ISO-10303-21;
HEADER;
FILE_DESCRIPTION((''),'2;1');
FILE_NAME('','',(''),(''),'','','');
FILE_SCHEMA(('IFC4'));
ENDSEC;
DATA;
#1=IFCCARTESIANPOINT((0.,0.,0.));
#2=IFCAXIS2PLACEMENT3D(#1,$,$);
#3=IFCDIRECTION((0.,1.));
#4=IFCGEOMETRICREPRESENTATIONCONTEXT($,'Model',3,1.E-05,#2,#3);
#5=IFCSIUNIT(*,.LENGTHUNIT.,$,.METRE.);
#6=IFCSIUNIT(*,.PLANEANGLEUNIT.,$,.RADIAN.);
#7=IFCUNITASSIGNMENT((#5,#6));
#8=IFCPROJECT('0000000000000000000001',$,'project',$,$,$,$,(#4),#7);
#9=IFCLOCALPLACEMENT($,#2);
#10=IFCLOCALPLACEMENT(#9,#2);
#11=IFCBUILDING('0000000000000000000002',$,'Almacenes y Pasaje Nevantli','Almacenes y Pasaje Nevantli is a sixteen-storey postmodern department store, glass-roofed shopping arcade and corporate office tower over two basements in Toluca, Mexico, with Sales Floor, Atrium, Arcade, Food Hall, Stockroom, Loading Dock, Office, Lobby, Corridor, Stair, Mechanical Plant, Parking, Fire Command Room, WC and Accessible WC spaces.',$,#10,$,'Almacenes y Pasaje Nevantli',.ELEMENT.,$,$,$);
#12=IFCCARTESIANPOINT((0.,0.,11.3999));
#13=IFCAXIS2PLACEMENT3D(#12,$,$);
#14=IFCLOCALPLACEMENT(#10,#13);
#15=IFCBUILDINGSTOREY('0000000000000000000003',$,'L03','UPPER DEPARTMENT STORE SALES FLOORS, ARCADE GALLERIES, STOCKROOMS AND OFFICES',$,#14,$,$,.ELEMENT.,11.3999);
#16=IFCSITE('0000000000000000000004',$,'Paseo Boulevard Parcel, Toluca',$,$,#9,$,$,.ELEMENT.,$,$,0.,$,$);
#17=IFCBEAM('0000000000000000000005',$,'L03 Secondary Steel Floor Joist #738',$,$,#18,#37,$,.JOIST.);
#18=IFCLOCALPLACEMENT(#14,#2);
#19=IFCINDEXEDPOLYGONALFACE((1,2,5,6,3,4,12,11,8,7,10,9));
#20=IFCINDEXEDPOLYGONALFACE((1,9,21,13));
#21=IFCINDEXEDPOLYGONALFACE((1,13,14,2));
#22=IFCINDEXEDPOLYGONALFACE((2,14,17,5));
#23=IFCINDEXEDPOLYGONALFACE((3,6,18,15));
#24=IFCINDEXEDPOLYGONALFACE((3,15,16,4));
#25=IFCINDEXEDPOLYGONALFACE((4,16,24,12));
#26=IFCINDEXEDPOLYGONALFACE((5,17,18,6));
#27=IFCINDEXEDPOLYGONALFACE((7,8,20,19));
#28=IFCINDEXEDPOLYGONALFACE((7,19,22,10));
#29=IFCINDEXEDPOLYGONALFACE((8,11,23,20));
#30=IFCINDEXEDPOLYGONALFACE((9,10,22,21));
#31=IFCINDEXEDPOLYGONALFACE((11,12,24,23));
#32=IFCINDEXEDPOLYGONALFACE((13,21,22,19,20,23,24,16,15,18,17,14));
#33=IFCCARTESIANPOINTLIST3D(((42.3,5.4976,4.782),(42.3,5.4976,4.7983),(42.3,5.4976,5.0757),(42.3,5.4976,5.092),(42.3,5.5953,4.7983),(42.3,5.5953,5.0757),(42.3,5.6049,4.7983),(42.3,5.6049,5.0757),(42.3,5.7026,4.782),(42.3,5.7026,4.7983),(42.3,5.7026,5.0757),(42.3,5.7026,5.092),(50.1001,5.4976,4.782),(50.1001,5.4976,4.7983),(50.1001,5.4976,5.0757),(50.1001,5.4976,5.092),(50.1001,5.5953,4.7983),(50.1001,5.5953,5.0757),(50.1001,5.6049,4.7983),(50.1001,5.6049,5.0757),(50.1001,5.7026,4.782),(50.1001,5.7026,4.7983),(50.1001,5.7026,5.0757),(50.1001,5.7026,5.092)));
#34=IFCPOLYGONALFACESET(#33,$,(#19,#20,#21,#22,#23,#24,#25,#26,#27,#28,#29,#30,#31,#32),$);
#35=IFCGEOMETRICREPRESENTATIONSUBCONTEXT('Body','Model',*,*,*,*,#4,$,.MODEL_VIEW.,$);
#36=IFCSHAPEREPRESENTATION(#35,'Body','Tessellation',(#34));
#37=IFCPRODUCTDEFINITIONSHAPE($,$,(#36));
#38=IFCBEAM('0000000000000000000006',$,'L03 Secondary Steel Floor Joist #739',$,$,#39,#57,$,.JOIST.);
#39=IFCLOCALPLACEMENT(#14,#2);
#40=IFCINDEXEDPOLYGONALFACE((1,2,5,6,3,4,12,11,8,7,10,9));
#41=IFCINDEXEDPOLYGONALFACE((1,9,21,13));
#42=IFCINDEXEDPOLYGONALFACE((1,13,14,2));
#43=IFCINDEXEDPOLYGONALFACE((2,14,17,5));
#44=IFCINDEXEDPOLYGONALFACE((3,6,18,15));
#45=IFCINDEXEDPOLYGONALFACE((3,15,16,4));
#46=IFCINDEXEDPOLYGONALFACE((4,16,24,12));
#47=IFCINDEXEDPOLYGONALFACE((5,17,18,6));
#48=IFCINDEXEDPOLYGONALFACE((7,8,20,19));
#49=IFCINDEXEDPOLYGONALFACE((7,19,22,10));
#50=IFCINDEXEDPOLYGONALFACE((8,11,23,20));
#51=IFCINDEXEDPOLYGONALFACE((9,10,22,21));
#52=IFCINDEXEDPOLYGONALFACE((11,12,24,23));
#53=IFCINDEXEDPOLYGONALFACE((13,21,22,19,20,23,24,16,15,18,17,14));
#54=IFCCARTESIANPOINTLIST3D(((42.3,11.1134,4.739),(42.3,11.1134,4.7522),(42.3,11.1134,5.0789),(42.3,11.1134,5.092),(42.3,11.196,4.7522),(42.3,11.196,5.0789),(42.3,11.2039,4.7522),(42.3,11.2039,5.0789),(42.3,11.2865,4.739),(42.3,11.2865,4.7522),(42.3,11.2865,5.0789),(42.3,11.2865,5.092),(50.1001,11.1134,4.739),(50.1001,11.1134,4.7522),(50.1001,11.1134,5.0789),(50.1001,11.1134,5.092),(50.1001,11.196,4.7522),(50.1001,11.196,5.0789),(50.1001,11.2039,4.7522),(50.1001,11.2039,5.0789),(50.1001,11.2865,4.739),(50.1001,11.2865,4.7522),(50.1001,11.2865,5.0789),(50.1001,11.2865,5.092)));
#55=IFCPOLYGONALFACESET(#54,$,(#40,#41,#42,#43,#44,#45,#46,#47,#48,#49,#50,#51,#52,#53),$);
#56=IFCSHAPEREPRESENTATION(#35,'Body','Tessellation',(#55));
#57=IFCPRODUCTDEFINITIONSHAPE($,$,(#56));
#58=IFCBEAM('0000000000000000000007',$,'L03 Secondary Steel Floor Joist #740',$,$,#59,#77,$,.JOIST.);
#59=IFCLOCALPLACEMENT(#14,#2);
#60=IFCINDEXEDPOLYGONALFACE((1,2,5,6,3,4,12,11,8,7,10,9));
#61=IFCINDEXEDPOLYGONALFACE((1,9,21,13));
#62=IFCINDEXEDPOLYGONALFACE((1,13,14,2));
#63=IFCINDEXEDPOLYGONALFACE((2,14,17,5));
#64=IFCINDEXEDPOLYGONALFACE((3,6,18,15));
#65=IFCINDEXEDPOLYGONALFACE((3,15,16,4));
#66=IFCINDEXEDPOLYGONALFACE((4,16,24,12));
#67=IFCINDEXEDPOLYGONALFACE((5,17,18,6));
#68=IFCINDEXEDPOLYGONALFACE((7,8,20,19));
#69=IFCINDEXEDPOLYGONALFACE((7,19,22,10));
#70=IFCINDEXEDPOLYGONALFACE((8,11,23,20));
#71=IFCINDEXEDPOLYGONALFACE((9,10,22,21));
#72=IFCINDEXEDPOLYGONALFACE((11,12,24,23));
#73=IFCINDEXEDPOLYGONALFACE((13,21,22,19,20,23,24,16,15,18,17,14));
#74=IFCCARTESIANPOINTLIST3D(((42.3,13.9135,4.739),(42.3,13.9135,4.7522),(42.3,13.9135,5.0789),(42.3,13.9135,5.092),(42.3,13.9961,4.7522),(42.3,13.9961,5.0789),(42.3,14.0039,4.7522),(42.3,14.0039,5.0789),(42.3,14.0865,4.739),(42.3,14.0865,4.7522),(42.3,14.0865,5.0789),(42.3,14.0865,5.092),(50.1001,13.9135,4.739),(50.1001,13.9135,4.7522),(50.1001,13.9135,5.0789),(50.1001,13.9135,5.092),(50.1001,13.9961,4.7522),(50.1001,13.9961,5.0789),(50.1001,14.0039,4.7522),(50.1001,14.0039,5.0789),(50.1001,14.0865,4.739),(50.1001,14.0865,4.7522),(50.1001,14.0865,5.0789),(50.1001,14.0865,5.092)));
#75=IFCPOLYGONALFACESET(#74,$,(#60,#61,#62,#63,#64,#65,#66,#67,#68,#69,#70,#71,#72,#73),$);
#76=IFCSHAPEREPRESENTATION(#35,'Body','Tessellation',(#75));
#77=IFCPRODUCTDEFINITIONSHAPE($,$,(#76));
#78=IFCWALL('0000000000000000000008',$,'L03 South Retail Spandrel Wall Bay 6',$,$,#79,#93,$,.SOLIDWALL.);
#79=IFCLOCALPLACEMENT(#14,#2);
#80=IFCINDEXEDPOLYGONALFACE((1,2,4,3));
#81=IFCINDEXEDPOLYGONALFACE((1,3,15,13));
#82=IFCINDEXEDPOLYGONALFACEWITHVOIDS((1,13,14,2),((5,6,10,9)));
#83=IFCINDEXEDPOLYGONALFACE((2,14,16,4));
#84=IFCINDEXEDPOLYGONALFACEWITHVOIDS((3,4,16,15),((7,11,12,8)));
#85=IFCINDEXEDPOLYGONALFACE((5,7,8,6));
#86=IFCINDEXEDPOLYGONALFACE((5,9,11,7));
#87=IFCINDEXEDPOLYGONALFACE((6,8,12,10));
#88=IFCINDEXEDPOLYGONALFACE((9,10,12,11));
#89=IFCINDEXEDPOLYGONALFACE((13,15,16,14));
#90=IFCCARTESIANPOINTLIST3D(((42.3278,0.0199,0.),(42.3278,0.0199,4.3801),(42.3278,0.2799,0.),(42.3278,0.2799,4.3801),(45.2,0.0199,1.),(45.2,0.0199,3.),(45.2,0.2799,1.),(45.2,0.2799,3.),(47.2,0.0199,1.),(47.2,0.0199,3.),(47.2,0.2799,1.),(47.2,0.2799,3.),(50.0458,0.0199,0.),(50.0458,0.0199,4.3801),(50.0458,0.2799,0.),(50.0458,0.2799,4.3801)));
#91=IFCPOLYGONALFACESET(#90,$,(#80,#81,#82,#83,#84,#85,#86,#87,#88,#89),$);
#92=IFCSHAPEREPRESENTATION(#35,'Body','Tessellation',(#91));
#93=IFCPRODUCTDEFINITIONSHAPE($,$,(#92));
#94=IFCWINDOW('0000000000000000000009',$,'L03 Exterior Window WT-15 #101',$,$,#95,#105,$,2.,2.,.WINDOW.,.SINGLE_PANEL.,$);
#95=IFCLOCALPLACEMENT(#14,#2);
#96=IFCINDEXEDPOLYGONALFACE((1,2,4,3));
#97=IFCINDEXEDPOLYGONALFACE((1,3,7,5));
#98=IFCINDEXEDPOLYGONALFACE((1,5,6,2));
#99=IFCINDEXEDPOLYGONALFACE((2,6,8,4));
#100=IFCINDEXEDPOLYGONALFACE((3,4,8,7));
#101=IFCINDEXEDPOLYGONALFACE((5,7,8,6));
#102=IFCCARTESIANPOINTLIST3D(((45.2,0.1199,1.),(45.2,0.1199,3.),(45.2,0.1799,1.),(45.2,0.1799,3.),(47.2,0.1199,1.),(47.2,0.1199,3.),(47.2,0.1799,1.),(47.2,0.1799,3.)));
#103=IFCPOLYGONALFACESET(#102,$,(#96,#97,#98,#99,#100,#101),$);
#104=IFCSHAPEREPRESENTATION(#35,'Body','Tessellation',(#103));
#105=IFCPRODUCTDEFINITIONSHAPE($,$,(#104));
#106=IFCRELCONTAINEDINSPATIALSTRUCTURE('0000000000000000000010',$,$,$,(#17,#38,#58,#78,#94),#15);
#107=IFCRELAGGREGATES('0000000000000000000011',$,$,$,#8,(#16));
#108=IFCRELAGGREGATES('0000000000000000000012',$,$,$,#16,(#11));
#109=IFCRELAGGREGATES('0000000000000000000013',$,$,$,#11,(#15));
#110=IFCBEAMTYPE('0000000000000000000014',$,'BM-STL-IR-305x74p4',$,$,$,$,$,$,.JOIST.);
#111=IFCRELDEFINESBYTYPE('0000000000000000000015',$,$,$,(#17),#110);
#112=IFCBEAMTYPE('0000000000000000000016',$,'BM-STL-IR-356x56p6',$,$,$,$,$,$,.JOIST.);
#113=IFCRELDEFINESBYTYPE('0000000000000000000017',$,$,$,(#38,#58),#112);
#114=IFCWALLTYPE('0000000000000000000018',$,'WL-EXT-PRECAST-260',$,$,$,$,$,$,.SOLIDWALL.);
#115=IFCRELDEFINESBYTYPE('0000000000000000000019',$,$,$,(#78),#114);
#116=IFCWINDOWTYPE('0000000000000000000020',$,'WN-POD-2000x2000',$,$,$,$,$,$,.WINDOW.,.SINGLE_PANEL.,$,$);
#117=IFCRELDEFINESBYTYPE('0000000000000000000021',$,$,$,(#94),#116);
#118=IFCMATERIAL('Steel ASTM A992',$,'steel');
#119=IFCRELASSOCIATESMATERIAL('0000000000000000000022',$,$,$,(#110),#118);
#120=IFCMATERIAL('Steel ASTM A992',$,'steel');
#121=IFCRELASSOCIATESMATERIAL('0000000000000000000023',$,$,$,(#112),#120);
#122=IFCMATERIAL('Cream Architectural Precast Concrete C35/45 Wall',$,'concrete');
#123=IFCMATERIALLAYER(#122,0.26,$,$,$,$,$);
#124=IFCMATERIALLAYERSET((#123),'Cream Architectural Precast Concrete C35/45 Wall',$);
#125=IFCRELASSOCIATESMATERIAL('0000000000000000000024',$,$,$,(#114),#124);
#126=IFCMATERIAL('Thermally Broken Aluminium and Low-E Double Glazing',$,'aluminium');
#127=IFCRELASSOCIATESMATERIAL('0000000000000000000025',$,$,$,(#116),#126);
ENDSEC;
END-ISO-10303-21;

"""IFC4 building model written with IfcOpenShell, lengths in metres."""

from ifc_helpers import new_model, si_unit, direction, frame, frame_2d, origin, origin_2d, place, context, subcontext, project, spatial, rectangle, i_section, extrude, material, layer, layer_set, material_profile, profile_set, type_object, element, fill, save


model = new_model("IFC4")

# Units and contexts
model_context = context("Model", 3, precision=1e-05, world=origin(), true_north=direction((0.0, 1.0)))
body_context = subcontext(model_context, "Body", "Model", "MODEL_VIEW")
ifc_project = project(units=[si_unit("LENGTHUNIT", "METRE"), si_unit("PLANEANGLEUNIT", "RADIAN")], contexts=[model_context])

# Site, building, storey
site_placement = place(None, origin())
site = spatial("IfcSite", under=ifc_project, at=site_placement, Name="Paseo Boulevard Parcel, Toluca", CompositionType="ELEMENT", RefElevation=0.0)
building_placement = place(site_placement, origin())
building = spatial("IfcBuilding", under=site, at=building_placement, Name="Almacenes y Pasaje Nevantli", Description="Almacenes y Pasaje Nevantli is a sixteen-storey postmodern department store, glass-roofed shopping arcade and corporate office tower over two basements in Toluca, Mexico, with Sales Floor, Atrium, Arcade, Food Hall, Stockroom, Loading Dock, Office, Lobby, Corridor, Stair, Mechanical Plant, Parking, Fire Command Room, WC and Accessible WC spaces.", LongName="Almacenes y Pasaje Nevantli", CompositionType="ELEMENT")
storey_placement = place(building_placement, frame((0.0, 0.0, 11.3999)))
storey = spatial("IfcBuildingStorey", under=building, at=storey_placement, Name="L03", Description="UPPER DEPARTMENT STORE SALES FLOORS, ARCADE GALLERIES, STOCKROOMS AND OFFICES", CompositionType="ELEMENT", Elevation=11.3999)

# Beams
ifc_material_1 = material(Name="Steel ASTM A992", Category="steel")
ifc_material_profile_1 = material_profile(ifc_material_1, i_section(OverallWidth=0.2051, OverallDepth=0.3101, WebThickness=0.0095, FlangeThickness=0.0164, at=origin_2d()), Name="IR 305x74.4")
ifc_profile_set_1 = profile_set([ifc_material_profile_1], Name="Steel ASTM A992")
beam_type_1 = type_object("IfcBeamType", Name="BM-STL-IR-305x74p4", PredefinedType="JOIST", material=ifc_profile_set_1)
for number, where, z_axis, x_axis, name in (
    (1, (42.3, 5.6001, 4.937), (1.0, 0.0, 0.0), (0.0, 1.0, 0.0), "L03 Secondary Steel Floor Joist #738"),
):
    element("IfcBeam", number, at=place(storey_placement, frame(where, z_axis=z_axis, x_axis=x_axis)), inside=storey, type_object=beam_type_1, Name=name, PredefinedType="JOIST", context=body_context, shape_type="SweptSolid", body=[
        extrude(i_section(OverallWidth=0.2051, OverallDepth=0.3101, WebThickness=0.0095, FlangeThickness=0.0164, at=origin_2d()), origin(), (0.0, 0.0, 1.0), 7.8),
    ])
ifc_material_2 = material(Name="Steel ASTM A992", Category="steel")
ifc_material_profile_2 = material_profile(ifc_material_2, i_section(OverallWidth=0.1731, OverallDepth=0.353, WebThickness=0.0078, FlangeThickness=0.0132, at=origin_2d()), Name="IR 356x56.6")
ifc_profile_set_2 = profile_set([ifc_material_profile_2], Name="Steel ASTM A992")
beam_type_2 = type_object("IfcBeamType", Name="BM-STL-IR-356x56p6", PredefinedType="JOIST", material=ifc_profile_set_2)
for number, where, z_axis, x_axis, name in (
    (2, (42.3, 11.2, 4.9155), (1.0, 0.0, 0.0), (0.0, 1.0, 0.0), "L03 Secondary Steel Floor Joist #739"),
    (3, (42.3, 14.0, 4.9155), (1.0, 0.0, 0.0), (0.0, 1.0, 0.0), "L03 Secondary Steel Floor Joist #740"),
):
    element("IfcBeam", number, at=place(storey_placement, frame(where, z_axis=z_axis, x_axis=x_axis)), inside=storey, type_object=beam_type_2, Name=name, PredefinedType="JOIST", context=body_context, shape_type="SweptSolid", body=[
        extrude(i_section(OverallWidth=0.1731, OverallDepth=0.353, WebThickness=0.0078, FlangeThickness=0.0132, at=origin_2d()), origin(), (0.0, 0.0, 1.0), 7.8),
    ])

# Wall, opening, window
ifc_material_3 = material(Name="Cream Architectural Precast Concrete C35/45 Wall", Category="concrete")
ifc_layer = layer(ifc_material_3, 0.26)
ifc_layer_set = layer_set([ifc_layer], Name="Cream Architectural Precast Concrete C35/45 Wall")
wall_type = type_object("IfcWallType", Name="WL-EXT-PRECAST-260", PredefinedType="SOLIDWALL", material=ifc_layer_set)
wall_placement = place(storey_placement, frame((42.3279, 0.1499, 0.0), z_axis=(0.0, 0.0, 1.0), x_axis=(1.0, 0.0, 0.0)))
wall = element("IfcWall", 4, at=wall_placement, inside=storey, type_object=wall_type, Name="L03 South Retail Spandrel Wall Bay 6", PredefinedType="SOLIDWALL", context=body_context, shape_type="SweptSolid", body=[
    extrude(rectangle(XDim=7.718, YDim=0.26, at=frame_2d((3.8589, 0.0))), origin(), (0.0, 0.0, 1.0), 4.3801),
])
opening_placement = place(wall_placement, frame((2.8721, 0.0, 1.0)))
opening = element("IfcOpeningElement", 5, at=opening_placement, cuts=wall, PredefinedType="OPENING", context=body_context, shape_type="SweptSolid", body=[
    extrude(rectangle(XDim=2.0, YDim=2.0, at=frame_2d((1.0, 1.0))), frame((0.0, 0.1399, 0.0), z_axis=(0.0, -1.0, 0.0), x_axis=(1.0, 0.0, 0.0)), (0.0, 0.0, 1.0), 0.28),
])
ifc_material_4 = material(Name="Thermally Broken Aluminium and Low-E Double Glazing", Category="aluminium")
window_type = type_object("IfcWindowType", Name="WN-POD-2000x2000", PartitioningType="SINGLE_PANEL", PredefinedType="WINDOW", material=ifc_material_4)
window_placement = place(opening_placement, origin())
window = element("IfcWindow", 6, at=window_placement, inside=storey, type_object=window_type, Name="L03 Exterior Window WT-15 #101", OverallHeight=2.0, OverallWidth=2.0, PartitioningType="SINGLE_PANEL", PredefinedType="WINDOW", context=body_context, shape_type="SweptSolid", body=[
    extrude(rectangle(XDim=2.0, YDim=2.0, at=frame_2d((1.0, 1.0))), frame((0.0, 0.03, 0.0), z_axis=(0.0, -1.0, 0.0), x_axis=(1.0, 0.0, 0.0)), (0.0, 0.0, 1.0), 0.0601),
])
fill(opening, window)

save(model, "model.ifc")
